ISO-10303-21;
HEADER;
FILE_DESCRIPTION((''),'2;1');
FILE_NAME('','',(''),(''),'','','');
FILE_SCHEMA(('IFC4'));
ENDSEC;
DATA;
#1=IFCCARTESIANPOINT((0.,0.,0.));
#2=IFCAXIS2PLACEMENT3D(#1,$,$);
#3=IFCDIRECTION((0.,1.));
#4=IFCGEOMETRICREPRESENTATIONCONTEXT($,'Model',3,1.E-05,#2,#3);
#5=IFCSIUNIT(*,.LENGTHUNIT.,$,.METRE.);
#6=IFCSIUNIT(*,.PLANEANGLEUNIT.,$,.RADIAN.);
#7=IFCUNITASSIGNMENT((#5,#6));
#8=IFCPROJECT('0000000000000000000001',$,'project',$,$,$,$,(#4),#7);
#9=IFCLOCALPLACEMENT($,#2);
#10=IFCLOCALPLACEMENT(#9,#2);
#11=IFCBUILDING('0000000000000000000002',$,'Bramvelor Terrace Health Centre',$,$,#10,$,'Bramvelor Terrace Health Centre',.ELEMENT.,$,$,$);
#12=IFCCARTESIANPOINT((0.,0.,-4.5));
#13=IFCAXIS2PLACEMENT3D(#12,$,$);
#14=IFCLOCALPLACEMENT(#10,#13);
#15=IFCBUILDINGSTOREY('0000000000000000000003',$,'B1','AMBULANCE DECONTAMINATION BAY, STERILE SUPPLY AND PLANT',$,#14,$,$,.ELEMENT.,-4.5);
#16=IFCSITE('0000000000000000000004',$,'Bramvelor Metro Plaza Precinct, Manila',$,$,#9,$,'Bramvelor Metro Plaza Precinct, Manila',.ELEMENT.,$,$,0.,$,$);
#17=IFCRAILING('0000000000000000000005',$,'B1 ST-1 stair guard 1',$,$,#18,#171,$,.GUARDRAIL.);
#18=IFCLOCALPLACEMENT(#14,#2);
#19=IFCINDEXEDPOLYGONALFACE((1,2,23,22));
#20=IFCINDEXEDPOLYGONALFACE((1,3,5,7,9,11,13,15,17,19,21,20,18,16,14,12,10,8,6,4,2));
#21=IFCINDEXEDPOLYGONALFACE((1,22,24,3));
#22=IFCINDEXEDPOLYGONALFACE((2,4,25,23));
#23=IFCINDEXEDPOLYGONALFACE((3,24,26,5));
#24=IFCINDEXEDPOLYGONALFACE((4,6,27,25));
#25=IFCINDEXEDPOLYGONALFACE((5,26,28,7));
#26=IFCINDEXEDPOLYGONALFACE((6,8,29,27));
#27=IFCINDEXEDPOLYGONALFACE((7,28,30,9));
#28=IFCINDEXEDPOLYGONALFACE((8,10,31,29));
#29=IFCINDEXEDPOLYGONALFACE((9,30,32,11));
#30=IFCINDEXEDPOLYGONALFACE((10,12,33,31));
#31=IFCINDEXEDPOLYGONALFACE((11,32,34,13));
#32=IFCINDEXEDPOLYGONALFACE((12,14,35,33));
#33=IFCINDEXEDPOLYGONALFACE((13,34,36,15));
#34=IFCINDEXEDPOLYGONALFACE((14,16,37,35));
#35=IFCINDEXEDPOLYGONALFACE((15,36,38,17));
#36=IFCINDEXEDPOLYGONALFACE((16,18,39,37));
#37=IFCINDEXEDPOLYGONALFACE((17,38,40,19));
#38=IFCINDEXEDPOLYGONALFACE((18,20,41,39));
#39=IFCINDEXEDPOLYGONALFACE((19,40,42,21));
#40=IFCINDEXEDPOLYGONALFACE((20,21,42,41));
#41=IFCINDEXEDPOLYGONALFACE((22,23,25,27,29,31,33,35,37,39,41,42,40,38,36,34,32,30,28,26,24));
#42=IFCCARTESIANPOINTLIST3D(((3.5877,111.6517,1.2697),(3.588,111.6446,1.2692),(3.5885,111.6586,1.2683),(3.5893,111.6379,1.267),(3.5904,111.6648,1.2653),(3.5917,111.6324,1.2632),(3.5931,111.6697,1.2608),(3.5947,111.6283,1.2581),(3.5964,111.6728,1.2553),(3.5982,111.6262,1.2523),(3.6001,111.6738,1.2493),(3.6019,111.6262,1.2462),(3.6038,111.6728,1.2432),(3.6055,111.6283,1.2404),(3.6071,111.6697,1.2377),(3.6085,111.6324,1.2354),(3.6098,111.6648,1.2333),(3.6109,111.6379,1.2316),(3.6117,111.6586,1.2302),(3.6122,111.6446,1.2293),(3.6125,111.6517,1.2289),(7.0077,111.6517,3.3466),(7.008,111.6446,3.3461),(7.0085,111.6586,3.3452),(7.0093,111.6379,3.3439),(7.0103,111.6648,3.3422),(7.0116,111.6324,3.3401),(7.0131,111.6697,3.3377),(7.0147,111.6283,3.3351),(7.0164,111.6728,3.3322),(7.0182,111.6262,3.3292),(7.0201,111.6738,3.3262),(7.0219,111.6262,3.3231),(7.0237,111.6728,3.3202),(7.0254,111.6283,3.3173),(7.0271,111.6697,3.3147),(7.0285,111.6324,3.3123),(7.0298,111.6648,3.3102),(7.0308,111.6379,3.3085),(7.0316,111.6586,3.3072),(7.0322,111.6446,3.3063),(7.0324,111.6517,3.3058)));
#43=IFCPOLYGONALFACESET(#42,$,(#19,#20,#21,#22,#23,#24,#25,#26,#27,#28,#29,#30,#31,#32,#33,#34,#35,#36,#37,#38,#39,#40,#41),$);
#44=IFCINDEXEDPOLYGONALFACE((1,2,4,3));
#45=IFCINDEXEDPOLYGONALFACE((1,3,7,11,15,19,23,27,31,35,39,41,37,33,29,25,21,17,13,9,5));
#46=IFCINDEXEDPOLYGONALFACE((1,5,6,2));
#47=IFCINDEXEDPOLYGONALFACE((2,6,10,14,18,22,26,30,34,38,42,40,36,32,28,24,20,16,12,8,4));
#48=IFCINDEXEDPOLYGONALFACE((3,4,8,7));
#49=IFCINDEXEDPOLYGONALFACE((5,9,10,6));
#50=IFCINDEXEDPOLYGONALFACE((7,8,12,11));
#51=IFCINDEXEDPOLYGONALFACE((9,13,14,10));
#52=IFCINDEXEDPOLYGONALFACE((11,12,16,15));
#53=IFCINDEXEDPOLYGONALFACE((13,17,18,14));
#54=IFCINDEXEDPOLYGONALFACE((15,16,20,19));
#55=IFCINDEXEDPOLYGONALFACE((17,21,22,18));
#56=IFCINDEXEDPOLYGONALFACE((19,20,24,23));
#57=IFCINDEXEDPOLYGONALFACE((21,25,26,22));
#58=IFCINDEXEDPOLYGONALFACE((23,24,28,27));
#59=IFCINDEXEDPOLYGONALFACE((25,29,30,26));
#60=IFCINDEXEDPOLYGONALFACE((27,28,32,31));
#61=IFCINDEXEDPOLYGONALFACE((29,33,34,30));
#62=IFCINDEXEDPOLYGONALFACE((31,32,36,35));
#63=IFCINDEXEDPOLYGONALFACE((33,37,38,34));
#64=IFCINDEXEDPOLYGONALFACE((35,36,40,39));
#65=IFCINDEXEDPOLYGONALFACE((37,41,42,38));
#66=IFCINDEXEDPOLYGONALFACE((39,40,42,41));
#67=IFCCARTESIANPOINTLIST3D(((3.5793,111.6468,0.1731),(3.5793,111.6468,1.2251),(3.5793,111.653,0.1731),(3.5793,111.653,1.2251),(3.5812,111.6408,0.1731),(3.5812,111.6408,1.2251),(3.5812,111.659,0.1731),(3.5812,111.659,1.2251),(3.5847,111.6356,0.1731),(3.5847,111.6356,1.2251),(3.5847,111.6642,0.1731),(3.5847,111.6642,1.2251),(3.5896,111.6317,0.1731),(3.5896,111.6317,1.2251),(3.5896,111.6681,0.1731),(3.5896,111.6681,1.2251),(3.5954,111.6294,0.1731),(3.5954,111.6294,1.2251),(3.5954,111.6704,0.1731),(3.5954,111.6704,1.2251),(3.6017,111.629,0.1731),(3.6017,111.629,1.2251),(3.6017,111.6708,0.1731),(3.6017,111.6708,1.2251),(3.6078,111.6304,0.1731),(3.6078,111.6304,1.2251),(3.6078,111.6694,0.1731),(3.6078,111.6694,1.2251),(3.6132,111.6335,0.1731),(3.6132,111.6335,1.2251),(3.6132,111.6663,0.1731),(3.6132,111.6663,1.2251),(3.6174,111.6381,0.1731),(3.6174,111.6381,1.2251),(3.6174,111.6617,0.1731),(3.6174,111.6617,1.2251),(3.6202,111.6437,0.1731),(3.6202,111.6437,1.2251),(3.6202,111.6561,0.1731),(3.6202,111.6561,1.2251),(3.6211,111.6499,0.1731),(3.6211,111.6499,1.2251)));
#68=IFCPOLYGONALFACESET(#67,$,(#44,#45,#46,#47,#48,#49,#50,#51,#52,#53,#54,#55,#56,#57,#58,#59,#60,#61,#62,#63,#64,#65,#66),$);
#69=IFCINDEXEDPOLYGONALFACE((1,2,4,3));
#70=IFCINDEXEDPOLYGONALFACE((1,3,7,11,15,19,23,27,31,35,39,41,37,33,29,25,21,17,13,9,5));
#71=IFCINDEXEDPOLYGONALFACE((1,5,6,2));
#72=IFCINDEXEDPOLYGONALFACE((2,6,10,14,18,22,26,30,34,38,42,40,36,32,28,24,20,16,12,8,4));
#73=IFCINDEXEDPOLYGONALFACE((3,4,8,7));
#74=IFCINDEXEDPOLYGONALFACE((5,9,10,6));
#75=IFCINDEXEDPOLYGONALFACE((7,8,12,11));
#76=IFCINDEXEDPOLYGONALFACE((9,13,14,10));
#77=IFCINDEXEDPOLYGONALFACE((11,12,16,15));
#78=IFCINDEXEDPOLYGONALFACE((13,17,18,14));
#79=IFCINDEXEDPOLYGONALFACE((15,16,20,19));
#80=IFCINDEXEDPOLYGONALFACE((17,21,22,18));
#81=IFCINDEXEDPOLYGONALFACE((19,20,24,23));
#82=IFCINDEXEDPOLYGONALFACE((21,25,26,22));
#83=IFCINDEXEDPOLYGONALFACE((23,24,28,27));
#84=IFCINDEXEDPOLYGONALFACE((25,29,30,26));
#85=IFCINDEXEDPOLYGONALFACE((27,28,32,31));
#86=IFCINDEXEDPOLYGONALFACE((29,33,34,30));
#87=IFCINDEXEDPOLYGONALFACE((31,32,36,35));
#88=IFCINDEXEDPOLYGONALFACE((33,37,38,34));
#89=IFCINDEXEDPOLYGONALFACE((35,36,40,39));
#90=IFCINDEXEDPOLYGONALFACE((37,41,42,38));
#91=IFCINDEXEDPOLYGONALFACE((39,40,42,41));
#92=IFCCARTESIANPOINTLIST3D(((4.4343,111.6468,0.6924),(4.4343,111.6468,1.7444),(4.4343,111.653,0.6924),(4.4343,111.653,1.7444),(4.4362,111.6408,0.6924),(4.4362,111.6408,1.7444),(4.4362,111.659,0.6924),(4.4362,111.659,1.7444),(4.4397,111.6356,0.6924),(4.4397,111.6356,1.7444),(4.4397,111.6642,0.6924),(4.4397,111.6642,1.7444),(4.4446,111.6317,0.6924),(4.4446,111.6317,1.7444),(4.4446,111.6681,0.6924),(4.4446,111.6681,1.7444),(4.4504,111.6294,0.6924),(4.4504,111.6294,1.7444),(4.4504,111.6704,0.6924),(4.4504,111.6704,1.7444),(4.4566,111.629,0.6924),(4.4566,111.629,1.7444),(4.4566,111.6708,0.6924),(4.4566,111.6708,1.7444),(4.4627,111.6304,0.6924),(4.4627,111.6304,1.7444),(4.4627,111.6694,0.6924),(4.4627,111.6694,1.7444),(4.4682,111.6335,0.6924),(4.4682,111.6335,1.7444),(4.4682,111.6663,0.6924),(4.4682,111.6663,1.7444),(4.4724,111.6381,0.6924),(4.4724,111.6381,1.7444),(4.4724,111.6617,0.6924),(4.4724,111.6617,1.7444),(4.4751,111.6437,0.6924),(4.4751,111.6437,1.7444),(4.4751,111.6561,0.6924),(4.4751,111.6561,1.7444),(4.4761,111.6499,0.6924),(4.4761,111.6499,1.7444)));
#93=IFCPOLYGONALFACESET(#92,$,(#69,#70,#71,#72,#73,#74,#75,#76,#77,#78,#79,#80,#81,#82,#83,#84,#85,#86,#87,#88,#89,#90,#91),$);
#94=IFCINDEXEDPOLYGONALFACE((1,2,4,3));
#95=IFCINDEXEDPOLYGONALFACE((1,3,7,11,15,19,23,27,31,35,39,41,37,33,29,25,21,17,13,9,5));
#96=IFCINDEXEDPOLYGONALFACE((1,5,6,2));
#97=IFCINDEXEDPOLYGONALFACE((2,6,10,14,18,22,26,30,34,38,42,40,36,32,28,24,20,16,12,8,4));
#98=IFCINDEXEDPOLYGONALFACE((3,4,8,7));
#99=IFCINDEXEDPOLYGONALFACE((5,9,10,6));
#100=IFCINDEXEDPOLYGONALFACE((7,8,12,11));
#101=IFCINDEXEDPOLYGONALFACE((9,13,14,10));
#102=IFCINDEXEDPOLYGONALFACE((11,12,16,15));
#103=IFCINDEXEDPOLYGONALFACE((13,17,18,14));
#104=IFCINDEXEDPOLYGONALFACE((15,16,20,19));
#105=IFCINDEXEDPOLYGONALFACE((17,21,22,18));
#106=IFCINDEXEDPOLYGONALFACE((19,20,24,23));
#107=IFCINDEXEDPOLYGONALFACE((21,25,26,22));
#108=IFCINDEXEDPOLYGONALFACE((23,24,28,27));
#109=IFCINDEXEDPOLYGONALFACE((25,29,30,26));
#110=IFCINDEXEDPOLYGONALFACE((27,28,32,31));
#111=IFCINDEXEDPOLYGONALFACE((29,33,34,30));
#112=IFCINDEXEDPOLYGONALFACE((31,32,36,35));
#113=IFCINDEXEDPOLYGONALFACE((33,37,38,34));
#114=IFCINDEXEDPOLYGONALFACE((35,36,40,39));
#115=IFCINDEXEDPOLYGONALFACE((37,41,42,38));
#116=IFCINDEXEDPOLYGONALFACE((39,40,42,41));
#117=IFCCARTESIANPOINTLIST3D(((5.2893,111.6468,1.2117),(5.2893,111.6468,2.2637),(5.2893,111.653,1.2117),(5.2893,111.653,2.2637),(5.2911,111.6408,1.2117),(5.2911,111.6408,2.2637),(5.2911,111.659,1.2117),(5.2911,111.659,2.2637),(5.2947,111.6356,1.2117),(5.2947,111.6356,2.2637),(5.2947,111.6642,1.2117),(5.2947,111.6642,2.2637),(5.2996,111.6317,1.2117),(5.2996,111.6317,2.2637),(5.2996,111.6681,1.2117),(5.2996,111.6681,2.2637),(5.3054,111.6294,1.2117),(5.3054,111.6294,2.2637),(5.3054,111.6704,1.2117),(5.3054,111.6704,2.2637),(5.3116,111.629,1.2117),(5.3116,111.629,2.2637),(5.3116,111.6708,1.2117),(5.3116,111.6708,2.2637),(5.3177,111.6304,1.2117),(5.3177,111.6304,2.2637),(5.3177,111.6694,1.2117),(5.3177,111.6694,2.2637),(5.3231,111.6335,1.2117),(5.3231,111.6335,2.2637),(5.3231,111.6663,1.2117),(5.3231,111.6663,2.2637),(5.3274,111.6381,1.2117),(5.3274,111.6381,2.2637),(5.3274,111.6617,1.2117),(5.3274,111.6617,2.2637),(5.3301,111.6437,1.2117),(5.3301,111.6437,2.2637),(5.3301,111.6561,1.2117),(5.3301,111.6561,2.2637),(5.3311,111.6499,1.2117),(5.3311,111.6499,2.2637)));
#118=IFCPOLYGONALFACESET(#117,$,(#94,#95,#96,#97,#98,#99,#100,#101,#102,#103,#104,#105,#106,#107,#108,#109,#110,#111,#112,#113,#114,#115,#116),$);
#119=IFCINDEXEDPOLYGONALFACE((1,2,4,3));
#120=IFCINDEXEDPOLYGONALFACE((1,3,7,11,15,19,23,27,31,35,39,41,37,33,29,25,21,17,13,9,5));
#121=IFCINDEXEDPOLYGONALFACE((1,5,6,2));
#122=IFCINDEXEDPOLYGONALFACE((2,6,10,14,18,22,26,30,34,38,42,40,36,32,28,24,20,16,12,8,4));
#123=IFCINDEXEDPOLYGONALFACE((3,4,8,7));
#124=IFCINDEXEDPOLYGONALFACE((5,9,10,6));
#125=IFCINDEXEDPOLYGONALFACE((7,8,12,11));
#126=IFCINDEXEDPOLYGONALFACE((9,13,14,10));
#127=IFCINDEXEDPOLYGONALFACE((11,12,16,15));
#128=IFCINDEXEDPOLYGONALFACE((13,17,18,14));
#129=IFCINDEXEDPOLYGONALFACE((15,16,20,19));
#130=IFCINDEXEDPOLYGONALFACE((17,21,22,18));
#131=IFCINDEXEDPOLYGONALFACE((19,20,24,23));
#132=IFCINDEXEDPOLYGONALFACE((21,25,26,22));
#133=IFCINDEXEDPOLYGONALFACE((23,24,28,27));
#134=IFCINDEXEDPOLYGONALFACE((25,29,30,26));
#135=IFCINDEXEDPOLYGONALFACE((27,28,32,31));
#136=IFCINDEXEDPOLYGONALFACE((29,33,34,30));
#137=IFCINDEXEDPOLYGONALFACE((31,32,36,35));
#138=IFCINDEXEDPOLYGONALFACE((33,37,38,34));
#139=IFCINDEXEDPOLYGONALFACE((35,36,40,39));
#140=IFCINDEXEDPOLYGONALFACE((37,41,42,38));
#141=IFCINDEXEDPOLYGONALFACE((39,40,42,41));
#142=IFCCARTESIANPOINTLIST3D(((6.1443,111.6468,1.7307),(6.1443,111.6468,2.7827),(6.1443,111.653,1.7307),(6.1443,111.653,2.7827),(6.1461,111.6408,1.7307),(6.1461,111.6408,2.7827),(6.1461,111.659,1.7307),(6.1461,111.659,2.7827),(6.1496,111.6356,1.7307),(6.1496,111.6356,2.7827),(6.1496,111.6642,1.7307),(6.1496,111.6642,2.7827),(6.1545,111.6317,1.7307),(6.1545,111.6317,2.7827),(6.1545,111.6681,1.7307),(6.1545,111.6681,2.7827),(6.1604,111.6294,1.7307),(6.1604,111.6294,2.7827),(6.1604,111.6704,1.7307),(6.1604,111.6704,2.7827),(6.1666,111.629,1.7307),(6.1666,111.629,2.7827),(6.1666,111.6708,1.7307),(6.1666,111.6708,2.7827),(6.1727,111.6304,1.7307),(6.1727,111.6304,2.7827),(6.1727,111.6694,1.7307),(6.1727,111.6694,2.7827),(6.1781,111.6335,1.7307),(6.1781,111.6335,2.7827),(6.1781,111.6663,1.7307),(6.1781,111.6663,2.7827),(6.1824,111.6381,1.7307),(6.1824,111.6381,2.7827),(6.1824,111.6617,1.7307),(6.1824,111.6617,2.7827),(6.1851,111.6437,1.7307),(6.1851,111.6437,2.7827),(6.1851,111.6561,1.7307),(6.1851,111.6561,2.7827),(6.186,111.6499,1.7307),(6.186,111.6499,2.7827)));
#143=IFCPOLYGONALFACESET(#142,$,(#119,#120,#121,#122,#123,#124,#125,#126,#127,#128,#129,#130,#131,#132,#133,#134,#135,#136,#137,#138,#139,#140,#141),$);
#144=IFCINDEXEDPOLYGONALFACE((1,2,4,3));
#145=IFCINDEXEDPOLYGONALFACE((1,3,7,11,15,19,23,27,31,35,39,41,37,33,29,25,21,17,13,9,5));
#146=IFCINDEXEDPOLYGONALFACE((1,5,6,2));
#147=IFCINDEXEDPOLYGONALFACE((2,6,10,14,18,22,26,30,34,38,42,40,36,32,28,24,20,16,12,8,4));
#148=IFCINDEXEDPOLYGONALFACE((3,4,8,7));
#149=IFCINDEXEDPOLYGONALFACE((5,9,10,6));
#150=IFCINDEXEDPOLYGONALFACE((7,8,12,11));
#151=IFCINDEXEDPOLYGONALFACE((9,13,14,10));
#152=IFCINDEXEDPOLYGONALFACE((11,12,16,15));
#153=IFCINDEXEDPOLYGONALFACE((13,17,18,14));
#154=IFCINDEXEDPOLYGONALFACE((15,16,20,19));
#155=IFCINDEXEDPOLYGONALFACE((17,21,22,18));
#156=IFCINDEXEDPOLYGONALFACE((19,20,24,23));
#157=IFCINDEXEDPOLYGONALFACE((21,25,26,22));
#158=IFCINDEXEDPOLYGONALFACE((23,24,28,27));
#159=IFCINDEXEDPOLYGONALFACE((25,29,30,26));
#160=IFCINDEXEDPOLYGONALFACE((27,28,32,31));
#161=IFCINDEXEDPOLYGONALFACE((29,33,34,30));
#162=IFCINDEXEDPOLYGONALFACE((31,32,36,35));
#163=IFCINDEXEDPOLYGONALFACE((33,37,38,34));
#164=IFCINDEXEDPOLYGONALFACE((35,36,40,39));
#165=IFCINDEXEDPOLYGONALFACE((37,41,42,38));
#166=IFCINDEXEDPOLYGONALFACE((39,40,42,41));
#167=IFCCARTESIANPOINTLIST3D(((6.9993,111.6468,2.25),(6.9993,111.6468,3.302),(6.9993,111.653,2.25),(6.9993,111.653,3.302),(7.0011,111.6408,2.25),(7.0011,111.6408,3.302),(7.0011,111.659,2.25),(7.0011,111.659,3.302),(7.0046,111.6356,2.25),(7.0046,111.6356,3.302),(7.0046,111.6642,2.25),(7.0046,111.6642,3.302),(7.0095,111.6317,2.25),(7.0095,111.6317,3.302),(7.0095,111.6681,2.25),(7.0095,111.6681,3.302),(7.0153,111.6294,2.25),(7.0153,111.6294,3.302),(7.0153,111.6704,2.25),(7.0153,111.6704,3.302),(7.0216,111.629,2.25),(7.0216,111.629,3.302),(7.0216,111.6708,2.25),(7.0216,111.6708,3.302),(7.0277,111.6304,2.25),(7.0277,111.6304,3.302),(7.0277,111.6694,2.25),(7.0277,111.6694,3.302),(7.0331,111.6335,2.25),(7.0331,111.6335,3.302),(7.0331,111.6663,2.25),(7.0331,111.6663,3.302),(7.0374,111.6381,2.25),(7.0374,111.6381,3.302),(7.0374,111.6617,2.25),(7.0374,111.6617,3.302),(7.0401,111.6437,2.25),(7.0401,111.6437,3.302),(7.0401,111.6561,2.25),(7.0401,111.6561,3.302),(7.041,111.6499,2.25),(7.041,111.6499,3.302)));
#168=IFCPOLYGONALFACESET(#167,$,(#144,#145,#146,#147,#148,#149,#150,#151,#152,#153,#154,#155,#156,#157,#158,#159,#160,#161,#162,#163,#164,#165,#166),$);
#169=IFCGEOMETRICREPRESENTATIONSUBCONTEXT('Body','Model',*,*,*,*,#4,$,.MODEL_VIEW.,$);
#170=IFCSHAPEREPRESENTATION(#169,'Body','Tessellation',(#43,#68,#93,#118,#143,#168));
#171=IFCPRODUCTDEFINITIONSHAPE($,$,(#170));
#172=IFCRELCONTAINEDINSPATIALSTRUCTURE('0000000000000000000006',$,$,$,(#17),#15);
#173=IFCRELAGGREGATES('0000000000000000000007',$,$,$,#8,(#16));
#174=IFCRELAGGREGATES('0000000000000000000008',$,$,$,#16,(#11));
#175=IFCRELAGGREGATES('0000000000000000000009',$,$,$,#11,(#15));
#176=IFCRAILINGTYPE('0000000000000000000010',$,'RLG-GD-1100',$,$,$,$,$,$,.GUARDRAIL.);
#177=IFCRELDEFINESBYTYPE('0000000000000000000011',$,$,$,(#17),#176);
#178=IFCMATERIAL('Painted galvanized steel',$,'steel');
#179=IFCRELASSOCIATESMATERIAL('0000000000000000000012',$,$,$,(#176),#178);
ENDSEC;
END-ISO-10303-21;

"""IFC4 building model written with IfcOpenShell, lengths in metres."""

from ifc_helpers import new_model, si_unit, direction, frame, origin, origin_2d, place, context, subcontext, project, spatial, circle, extrude, material, type_object, element, save


model = new_model("IFC4")

# Units and contexts
model_context = context("Model", 3, precision=1e-05, world=origin(), true_north=direction((0.0, 1.0)))
body_context = subcontext(model_context, "Body", "Model", "MODEL_VIEW")
ifc_project = project(units=[si_unit("LENGTHUNIT", "METRE"), si_unit("PLANEANGLEUNIT", "RADIAN")], contexts=[model_context])

# Site, building, storey
site_placement = place(None, origin())
site = spatial("IfcSite", under=ifc_project, at=site_placement, Name="Bramvelor Metro Plaza Precinct, Manila", LongName="Bramvelor Metro Plaza Precinct, Manila", CompositionType="ELEMENT", RefElevation=0.0)
building_placement = place(site_placement, origin())
building = spatial("IfcBuilding", under=site, at=building_placement, Name="Bramvelor Terrace Health Centre", LongName="Bramvelor Terrace Health Centre", CompositionType="ELEMENT")
storey_placement = place(building_placement, frame((0.0, 0.0, -4.5)))
storey = spatial("IfcBuildingStorey", under=building, at=storey_placement, Name="B1", Description="AMBULANCE DECONTAMINATION BAY, STERILE SUPPLY AND PLANT", CompositionType="ELEMENT", Elevation=-4.5)

# Railing
ifc_material_1 = material(Name="Painted galvanized steel", Category="steel")
railing_type_1 = type_object("IfcRailingType", Name="RLG-GD-1100", PredefinedType="GUARDRAIL", material=ifc_material_1)
railing_1_placement = place(storey_placement, frame((3.6001, 111.6499, 0.1731)))
element("IfcRailing", 1, at=railing_1_placement, inside=storey, type_object=railing_type_1, Name="B1 ST-1 stair guard 1", PredefinedType="GUARDRAIL", context=body_context, shape_type="SweptSolid", body=[
    extrude(circle(Radius=0.0239, at=origin_2d()), frame((0.0, 0.0, 1.0762), z_axis=(0.85473, 0.0, 0.519074), x_axis=(0.0, 1.0, 0.0)), (0.0, 0.0, 1.0), 4.0012),
    extrude(circle(Radius=0.021, at=origin_2d()), origin(), (0.0, 0.0, 1.0), 1.052),
    extrude(circle(Radius=0.021, at=origin_2d()), frame((0.855, 0.0, 0.5193)), (0.0, 0.0, 1.0), 1.052),
    extrude(circle(Radius=0.021, at=origin_2d()), frame((1.71, 0.0, 1.0386)), (0.0, 0.0, 1.0), 1.052),
    extrude(circle(Radius=0.021, at=origin_2d()), frame((2.5649, 0.0, 1.5576)), (0.0, 0.0, 1.0), 1.052),
    extrude(circle(Radius=0.021, at=origin_2d()), frame((3.4199, 0.0, 2.0769)), (0.0, 0.0, 1.0), 1.052),
])

save(model, "model.ifc")
